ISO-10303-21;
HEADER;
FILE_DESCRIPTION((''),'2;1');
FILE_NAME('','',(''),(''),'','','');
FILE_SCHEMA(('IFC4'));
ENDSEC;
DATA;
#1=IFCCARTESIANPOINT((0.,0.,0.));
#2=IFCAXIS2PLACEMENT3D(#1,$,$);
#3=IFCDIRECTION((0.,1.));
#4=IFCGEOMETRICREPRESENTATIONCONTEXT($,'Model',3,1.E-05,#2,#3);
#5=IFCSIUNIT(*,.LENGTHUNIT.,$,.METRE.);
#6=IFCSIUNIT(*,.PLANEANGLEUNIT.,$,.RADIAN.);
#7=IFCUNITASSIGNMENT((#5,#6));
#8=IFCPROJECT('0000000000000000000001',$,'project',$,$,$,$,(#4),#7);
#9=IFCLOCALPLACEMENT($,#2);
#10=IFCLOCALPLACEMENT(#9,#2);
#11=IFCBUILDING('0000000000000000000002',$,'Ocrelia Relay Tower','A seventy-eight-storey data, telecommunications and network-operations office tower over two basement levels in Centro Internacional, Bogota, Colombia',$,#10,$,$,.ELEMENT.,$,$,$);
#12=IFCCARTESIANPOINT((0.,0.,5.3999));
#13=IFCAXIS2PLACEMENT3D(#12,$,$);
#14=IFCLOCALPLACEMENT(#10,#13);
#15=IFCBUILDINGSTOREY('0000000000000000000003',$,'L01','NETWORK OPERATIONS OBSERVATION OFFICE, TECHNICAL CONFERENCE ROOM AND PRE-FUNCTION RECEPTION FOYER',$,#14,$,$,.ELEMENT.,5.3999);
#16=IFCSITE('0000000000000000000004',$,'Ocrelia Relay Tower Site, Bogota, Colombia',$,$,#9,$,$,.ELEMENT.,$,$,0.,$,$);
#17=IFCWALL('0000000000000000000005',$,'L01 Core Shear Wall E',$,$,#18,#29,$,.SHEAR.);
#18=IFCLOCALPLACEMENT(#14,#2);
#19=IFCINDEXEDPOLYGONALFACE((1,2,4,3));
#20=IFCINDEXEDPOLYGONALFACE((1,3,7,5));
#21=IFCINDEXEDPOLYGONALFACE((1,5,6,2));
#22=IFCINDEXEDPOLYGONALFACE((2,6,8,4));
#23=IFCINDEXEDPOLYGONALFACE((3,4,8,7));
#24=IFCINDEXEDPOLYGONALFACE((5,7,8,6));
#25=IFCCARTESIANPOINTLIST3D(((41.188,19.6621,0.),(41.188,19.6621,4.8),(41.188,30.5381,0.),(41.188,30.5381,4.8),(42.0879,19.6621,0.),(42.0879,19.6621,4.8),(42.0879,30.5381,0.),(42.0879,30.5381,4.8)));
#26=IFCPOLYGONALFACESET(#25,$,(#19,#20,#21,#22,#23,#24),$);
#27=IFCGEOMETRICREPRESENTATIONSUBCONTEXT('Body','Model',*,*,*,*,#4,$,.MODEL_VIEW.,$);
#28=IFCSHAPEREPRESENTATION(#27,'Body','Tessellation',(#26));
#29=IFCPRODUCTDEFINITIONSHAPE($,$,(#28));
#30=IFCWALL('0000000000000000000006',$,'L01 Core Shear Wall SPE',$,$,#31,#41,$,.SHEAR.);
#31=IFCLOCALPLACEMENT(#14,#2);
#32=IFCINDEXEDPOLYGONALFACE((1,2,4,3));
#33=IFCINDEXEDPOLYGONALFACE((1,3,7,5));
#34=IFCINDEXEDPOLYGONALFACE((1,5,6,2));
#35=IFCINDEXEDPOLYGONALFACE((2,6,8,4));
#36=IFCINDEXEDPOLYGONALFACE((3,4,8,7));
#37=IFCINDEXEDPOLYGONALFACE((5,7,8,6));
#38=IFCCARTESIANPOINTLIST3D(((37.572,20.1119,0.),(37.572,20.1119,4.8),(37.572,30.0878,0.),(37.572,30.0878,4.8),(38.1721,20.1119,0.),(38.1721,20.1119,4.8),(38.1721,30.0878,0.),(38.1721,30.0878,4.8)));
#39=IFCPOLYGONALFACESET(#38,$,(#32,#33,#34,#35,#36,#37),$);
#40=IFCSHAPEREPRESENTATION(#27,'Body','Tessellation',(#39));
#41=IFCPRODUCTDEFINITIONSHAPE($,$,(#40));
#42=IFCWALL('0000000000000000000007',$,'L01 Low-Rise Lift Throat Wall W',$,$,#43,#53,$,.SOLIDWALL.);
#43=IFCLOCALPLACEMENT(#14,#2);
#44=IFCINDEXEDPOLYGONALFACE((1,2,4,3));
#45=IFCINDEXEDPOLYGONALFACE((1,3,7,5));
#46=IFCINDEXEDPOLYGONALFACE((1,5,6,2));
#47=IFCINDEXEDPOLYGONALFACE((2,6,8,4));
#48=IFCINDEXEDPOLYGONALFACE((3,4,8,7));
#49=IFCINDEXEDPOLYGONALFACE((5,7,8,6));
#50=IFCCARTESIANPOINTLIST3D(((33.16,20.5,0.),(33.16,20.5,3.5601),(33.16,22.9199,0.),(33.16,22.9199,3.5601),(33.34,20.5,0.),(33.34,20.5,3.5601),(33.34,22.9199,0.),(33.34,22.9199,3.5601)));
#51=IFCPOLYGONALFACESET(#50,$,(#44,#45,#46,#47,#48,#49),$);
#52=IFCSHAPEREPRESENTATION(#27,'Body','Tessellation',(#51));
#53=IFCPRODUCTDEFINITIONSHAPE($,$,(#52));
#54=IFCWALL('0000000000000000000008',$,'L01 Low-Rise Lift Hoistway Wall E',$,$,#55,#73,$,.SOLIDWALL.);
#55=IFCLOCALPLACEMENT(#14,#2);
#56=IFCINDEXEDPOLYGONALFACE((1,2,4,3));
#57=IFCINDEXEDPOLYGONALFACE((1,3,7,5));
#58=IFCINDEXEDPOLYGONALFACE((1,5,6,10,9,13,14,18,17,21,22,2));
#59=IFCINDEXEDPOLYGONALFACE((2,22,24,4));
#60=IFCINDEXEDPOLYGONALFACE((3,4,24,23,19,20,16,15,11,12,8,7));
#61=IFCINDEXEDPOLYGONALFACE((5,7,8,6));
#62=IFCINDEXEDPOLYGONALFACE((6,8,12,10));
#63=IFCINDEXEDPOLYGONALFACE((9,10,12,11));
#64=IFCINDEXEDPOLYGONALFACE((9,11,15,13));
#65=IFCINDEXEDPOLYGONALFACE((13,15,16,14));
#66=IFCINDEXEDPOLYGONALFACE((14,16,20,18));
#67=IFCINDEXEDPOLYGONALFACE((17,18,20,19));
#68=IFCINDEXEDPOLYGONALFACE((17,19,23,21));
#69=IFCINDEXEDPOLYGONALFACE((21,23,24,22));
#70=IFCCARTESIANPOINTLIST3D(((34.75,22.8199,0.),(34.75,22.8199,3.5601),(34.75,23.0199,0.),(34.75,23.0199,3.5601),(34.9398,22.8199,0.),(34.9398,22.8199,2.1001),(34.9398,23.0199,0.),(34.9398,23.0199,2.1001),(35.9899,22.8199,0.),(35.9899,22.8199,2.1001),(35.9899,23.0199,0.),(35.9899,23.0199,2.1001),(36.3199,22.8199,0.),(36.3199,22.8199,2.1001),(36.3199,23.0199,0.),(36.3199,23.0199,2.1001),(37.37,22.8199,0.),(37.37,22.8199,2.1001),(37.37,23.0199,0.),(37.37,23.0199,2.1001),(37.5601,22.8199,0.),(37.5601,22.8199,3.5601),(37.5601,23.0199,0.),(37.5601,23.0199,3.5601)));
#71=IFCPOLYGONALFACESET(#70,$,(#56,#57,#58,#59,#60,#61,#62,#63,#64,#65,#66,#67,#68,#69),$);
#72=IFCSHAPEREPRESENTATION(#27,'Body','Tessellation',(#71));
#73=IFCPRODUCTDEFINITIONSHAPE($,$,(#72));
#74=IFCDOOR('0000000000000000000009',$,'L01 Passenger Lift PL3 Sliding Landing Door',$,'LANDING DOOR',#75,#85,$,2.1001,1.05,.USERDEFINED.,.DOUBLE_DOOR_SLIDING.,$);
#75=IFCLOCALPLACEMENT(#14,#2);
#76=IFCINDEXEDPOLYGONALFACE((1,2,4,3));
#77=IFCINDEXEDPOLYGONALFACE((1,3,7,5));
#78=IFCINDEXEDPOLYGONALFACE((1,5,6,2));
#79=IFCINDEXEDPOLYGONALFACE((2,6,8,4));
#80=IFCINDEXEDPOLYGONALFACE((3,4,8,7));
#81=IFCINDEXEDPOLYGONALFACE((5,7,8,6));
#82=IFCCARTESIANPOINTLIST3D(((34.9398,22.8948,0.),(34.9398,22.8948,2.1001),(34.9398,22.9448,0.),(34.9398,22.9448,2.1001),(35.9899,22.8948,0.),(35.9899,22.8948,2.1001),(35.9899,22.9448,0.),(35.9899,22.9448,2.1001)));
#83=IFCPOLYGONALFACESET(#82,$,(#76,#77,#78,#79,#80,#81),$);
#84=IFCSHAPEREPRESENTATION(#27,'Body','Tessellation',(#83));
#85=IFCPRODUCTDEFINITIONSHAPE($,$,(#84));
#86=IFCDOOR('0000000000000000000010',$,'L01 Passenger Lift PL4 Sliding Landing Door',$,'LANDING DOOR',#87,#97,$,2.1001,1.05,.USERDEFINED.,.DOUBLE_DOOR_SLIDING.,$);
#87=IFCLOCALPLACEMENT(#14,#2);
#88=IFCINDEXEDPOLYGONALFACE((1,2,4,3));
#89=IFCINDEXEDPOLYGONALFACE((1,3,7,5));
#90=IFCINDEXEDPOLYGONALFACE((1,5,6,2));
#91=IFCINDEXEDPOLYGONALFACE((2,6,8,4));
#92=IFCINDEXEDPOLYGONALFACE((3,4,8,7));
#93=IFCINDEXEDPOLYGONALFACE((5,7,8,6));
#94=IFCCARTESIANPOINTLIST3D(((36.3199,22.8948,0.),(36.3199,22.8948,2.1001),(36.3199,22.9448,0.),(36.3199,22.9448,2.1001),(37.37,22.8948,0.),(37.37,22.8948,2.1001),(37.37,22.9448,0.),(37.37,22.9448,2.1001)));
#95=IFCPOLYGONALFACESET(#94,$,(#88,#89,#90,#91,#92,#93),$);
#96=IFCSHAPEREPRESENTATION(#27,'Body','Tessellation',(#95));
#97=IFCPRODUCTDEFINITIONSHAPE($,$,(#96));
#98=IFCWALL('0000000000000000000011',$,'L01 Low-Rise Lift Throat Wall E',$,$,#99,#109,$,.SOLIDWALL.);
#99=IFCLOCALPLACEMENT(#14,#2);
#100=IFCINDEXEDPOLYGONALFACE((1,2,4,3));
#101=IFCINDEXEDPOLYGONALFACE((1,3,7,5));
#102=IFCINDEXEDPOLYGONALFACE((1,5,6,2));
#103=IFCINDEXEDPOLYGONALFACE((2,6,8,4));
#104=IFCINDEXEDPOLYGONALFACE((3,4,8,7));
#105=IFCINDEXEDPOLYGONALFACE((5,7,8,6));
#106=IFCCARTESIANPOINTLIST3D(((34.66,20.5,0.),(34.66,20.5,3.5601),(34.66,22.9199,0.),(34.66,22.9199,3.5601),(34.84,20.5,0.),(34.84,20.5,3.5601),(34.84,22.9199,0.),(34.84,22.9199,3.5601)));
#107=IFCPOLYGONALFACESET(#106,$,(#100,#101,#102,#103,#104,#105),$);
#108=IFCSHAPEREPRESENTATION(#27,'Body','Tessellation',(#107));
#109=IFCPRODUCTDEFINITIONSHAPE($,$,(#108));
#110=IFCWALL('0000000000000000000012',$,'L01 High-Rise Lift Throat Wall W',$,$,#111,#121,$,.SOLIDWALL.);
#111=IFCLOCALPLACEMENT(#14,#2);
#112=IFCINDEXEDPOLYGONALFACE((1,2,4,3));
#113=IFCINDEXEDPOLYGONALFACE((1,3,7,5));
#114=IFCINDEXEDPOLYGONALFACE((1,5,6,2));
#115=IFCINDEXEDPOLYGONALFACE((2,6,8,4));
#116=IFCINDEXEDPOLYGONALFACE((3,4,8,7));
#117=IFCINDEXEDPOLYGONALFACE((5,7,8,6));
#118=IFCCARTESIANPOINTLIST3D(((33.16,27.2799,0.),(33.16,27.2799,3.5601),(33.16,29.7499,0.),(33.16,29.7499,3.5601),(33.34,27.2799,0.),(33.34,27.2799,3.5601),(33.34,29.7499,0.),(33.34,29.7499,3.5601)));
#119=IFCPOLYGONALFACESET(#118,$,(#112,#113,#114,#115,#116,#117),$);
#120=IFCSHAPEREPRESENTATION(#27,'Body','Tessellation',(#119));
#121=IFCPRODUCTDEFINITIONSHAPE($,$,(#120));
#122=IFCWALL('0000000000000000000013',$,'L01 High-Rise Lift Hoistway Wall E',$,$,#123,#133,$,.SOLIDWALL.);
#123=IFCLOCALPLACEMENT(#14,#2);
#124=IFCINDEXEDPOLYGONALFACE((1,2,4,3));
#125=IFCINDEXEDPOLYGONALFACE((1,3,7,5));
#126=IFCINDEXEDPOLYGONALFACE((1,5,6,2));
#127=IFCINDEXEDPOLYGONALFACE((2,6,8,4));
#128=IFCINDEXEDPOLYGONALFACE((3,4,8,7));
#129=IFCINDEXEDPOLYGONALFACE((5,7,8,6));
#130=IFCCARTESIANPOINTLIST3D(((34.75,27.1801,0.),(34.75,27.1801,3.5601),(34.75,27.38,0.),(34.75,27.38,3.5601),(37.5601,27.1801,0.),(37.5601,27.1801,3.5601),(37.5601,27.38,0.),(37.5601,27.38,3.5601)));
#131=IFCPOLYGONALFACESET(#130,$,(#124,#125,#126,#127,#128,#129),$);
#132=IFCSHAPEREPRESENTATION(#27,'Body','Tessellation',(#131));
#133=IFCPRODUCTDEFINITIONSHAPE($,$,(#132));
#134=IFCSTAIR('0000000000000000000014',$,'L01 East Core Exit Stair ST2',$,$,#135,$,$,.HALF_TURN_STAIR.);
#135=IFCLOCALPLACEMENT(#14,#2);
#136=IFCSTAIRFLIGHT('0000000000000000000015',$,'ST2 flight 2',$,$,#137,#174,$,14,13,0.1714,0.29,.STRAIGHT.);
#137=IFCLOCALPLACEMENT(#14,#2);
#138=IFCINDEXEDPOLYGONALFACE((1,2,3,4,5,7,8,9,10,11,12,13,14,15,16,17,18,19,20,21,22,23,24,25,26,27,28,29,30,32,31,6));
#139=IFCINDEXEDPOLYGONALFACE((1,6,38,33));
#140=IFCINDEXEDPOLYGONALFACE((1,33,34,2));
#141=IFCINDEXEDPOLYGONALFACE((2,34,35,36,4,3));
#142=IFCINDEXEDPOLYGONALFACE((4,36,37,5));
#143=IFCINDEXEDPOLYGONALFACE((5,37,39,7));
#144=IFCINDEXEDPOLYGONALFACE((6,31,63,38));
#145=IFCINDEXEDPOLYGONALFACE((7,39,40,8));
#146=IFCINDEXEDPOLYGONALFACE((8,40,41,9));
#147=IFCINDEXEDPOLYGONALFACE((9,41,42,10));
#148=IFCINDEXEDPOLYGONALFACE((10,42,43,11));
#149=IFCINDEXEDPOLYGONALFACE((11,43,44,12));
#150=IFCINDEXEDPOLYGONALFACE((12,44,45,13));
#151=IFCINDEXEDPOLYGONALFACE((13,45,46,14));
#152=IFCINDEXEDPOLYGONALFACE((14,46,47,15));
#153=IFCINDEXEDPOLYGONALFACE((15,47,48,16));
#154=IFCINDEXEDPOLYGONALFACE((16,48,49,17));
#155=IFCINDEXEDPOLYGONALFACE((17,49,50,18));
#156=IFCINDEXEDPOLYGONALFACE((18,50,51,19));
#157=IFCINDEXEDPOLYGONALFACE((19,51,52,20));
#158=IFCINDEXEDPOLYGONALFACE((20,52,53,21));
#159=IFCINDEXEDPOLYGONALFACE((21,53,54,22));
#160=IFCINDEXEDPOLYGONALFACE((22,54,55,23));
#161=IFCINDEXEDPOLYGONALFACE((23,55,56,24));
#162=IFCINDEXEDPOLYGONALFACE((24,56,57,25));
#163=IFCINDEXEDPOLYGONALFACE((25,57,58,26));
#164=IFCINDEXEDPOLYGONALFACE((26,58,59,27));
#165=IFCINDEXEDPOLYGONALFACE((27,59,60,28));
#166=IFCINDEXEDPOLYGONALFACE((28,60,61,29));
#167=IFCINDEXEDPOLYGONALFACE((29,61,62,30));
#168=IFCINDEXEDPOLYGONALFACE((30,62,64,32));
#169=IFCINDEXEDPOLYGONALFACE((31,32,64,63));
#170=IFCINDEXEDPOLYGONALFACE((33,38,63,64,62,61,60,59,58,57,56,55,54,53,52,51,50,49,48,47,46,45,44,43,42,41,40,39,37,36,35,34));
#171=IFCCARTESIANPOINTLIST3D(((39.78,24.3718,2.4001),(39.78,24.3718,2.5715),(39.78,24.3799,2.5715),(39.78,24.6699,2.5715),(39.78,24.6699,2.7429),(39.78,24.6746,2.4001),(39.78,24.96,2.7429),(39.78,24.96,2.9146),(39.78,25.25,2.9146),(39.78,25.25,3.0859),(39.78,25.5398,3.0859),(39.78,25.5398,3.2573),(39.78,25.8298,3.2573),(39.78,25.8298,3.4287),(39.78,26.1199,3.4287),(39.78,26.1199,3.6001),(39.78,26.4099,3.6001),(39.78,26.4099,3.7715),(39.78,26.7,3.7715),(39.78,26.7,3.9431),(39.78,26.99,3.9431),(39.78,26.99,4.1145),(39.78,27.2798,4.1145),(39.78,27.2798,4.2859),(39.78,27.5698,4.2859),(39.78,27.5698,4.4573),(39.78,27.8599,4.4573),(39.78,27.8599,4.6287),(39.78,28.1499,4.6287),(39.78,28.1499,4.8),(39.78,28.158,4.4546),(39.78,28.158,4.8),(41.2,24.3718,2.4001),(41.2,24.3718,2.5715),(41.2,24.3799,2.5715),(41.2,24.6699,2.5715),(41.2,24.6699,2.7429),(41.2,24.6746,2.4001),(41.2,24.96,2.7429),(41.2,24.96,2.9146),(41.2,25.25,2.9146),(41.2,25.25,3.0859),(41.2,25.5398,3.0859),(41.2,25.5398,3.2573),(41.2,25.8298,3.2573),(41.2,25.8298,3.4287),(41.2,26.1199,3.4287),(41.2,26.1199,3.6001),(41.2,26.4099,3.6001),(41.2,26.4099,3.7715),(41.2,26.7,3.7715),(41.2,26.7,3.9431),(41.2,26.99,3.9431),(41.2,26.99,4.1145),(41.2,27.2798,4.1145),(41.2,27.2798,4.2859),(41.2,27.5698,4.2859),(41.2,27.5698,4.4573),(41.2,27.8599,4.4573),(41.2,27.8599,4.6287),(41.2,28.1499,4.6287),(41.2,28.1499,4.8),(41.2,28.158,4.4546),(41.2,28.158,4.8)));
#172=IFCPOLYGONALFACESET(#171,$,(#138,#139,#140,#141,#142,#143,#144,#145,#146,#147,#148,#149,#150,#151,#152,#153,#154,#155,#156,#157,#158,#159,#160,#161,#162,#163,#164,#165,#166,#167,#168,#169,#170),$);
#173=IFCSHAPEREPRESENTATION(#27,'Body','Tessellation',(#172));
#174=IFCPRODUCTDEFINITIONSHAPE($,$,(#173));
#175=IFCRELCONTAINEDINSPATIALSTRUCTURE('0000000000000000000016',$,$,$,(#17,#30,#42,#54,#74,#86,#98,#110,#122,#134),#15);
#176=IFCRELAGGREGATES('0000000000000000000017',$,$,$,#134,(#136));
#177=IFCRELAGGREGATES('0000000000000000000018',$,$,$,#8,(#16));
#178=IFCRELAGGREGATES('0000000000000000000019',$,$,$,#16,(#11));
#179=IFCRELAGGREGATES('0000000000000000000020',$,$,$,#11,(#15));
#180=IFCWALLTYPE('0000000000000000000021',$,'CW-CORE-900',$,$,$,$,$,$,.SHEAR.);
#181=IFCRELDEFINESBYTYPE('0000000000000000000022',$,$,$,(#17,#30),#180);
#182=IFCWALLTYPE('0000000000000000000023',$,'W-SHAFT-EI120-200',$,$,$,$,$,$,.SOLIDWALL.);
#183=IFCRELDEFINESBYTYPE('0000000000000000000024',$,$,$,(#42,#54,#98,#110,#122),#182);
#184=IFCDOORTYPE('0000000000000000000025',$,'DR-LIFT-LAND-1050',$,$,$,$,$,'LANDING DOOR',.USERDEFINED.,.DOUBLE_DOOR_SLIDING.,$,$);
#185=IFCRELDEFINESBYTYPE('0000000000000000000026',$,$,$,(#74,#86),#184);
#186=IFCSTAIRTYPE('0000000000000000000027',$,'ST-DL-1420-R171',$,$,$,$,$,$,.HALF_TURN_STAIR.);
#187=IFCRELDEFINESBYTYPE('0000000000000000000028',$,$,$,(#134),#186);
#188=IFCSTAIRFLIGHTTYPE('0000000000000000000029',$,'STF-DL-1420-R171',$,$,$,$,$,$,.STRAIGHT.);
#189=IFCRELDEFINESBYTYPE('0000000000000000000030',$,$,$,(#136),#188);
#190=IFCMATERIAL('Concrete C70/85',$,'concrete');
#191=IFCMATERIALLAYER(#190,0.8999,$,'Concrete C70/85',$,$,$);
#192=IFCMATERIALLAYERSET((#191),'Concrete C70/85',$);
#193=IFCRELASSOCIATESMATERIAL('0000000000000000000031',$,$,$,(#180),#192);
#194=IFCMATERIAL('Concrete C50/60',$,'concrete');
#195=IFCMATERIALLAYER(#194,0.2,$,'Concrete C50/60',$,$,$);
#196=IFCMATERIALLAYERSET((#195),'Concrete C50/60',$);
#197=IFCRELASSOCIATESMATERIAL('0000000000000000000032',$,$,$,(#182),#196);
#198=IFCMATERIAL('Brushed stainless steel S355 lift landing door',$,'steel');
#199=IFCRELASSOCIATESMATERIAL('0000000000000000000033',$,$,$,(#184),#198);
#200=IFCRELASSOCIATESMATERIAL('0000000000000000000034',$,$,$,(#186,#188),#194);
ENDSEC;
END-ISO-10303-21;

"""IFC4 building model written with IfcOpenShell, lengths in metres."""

from ifc_helpers import new_model, si_unit, direction, frame, frame_2d, origin, place, context, subcontext, project, spatial, polyline, rectangle, outline, extrude, material, layer, layer_set, type_object, element, fill, aggregate, save


model = new_model("IFC4")

# Units and contexts
model_context = context("Model", 3, precision=1e-05, world=origin(), true_north=direction((0.0, 1.0)))
body_context = subcontext(model_context, "Body", "Model", "MODEL_VIEW")
ifc_project = project(units=[si_unit("LENGTHUNIT", "METRE"), si_unit("PLANEANGLEUNIT", "RADIAN")], contexts=[model_context])

# Site, building, storey
site_placement = place(None, origin())
site = spatial("IfcSite", under=ifc_project, at=site_placement, Name="Ocrelia Relay Tower Site, Bogota, Colombia", CompositionType="ELEMENT", RefElevation=0.0)
building_placement = place(site_placement, origin())
building = spatial("IfcBuilding", under=site, at=building_placement, Name="Ocrelia Relay Tower", Description="A seventy-eight-storey data, telecommunications and network-operations office tower over two basement levels in Centro Internacional, Bogota, Colombia", CompositionType="ELEMENT")
storey_placement = place(building_placement, frame((0.0, 0.0, 5.3999)))
storey = spatial("IfcBuildingStorey", under=building, at=storey_placement, Name="L01", Description="NETWORK OPERATIONS OBSERVATION OFFICE, TECHNICAL CONFERENCE ROOM AND PRE-FUNCTION RECEPTION FOYER", CompositionType="ELEMENT", Elevation=5.3999)

# Shared definitions
ifc_material_1 = material(Name="Concrete C70/85", Category="concrete")

# Walls
ifc_layer_1 = layer(ifc_material_1, 0.8999, Name="Concrete C70/85")
ifc_layer_set_1 = layer_set([ifc_layer_1], Name="Concrete C70/85")
wall_type_1 = type_object("IfcWallType", Name="CW-CORE-900", PredefinedType="SHEAR", material=ifc_layer_set_1)
wall_1_placement = place(storey_placement, frame((41.6379, 19.6621, 0.0), z_axis=(0.0, 0.0, 1.0), x_axis=(0.0, 1.0, 0.0)))
element("IfcWall", 1, at=wall_1_placement, inside=storey, type_object=wall_type_1, Name="L01 Core Shear Wall E", PredefinedType="SHEAR", context=body_context, shape_type="SweptSolid", body=[
    extrude(rectangle(XDim=10.876, YDim=0.8999, at=frame_2d((5.438, 0.0))), origin(), (0.0, 0.0, 1.0), 4.8),
])
wall_2_placement = place(storey_placement, frame((37.8721, 20.1121, 0.0), z_axis=(0.0, 0.0, 1.0), x_axis=(0.0, 1.0, 0.0)))
element("IfcWall", 2, at=wall_2_placement, inside=storey, type_object=wall_type_1, Name="L01 Core Shear Wall SPE", PredefinedType="SHEAR", context=body_context, shape_type="SweptSolid", body=[
    extrude(rectangle(XDim=9.9758, YDim=0.6001, at=frame_2d((4.9878, 0.0))), origin(), (0.0, 0.0, 1.0), 4.8),
])
ifc_material_2 = material(Name="Concrete C50/60", Category="concrete")
ifc_layer_2 = layer(ifc_material_2, 0.2, Name="Concrete C50/60")
ifc_layer_set_2 = layer_set([ifc_layer_2], Name="Concrete C50/60")
wall_type_2 = type_object("IfcWallType", Name="W-SHAFT-EI120-200", PredefinedType="SOLIDWALL", material=ifc_layer_set_2)
wall_3_placement = place(storey_placement, frame((33.25, 20.5, 0.0), z_axis=(0.0, 0.0, 1.0), x_axis=(0.0, 1.0, 0.0)))
element("IfcWall", 3, at=wall_3_placement, inside=storey, type_object=wall_type_2, Name="L01 Low-Rise Lift Throat Wall W", PredefinedType="SOLIDWALL", context=body_context, shape_type="SweptSolid", body=[
    extrude(rectangle(XDim=2.4199, YDim=0.1799, at=frame_2d((1.21, 0.0))), origin(), (0.0, 0.0, 1.0), 3.5601),
])

# Wall, openings, doors
wall_4_placement = place(storey_placement, frame((34.75, 22.9199, 0.0), z_axis=(0.0, 0.0, 1.0), x_axis=(1.0, 0.0, 0.0)))
wall_4 = element("IfcWall", 4, at=wall_4_placement, inside=storey, type_object=wall_type_2, Name="L01 Low-Rise Lift Hoistway Wall E", PredefinedType="SOLIDWALL", context=body_context, shape_type="SweptSolid", body=[
    extrude(rectangle(XDim=2.8101, YDim=0.2, at=frame_2d((1.405, 0.0))), origin(), (0.0, 0.0, 1.0), 3.5601),
])
opening_1_placement = place(wall_4_placement, frame((0.1899, 0.0, 0.0)))
opening_1 = element("IfcOpeningElement", 5, at=opening_1_placement, cuts=wall_4, PredefinedType="OPENING", context=body_context, shape_type="SweptSolid", body=[
    extrude(rectangle(XDim=1.05, YDim=2.1001, at=frame_2d((0.5249, 1.05))), frame((0.0, 0.1099, 0.0), z_axis=(0.0, -1.0, 0.0), x_axis=(1.0, 0.0, 0.0)), (0.0, 0.0, 1.0), 0.22),
])
opening_2_placement = place(wall_4_placement, frame((1.5701, 0.0, 0.0)))
opening_2 = element("IfcOpeningElement", 6, at=opening_2_placement, cuts=wall_4, PredefinedType="OPENING", context=body_context, shape_type="SweptSolid", body=[
    extrude(rectangle(XDim=1.05, YDim=2.1001, at=frame_2d((0.5249, 1.05))), frame((0.0, 0.1099, 0.0), z_axis=(0.0, -1.0, 0.0), x_axis=(1.0, 0.0, 0.0)), (0.0, 0.0, 1.0), 0.22),
])
ifc_material_3 = material(Name="Brushed stainless steel S355 lift landing door", Category="steel")
door_type = type_object("IfcDoorType", Name="DR-LIFT-LAND-1050", ElementType="LANDING DOOR", OperationType="DOUBLE_DOOR_SLIDING", PredefinedType="USERDEFINED", material=ifc_material_3)
door_1_placement = place(opening_1_placement, origin())
door_1 = element("IfcDoor", 7, at=door_1_placement, inside=storey, type_object=door_type, Name="L01 Passenger Lift PL3 Sliding Landing Door", ObjectType="LANDING DOOR", OperationType="DOUBLE_DOOR_SLIDING", OverallHeight=2.1001, OverallWidth=1.05, PredefinedType="USERDEFINED", context=body_context, shape_type="SweptSolid", body=[
    extrude(rectangle(XDim=1.05, YDim=2.1001, at=frame_2d((0.5249, 1.05))), frame((0.0, 0.0249, 0.0), z_axis=(0.0, -1.0, 0.0), x_axis=(1.0, 0.0, 0.0)), (0.0, 0.0, 1.0), 0.05),
])
fill(opening_1, door_1)
door_2_placement = place(opening_2_placement, origin())
door_2 = element("IfcDoor", 8, at=door_2_placement, inside=storey, type_object=door_type, Name="L01 Passenger Lift PL4 Sliding Landing Door", ObjectType="LANDING DOOR", OperationType="DOUBLE_DOOR_SLIDING", OverallHeight=2.1001, OverallWidth=1.05, PredefinedType="USERDEFINED", context=body_context, shape_type="SweptSolid", body=[
    extrude(rectangle(XDim=1.05, YDim=2.1001, at=frame_2d((0.5249, 1.05))), frame((0.0, 0.0249, 0.0), z_axis=(0.0, -1.0, 0.0), x_axis=(1.0, 0.0, 0.0)), (0.0, 0.0, 1.0), 0.05),
])
fill(opening_2, door_2)

# Walls
wall_5_placement = place(storey_placement, frame((34.75, 20.5, 0.0), z_axis=(0.0, 0.0, 1.0), x_axis=(0.0, 1.0, 0.0)))
element("IfcWall", 9, at=wall_5_placement, inside=storey, type_object=wall_type_2, Name="L01 Low-Rise Lift Throat Wall E", PredefinedType="SOLIDWALL", context=body_context, shape_type="SweptSolid", body=[
    extrude(rectangle(XDim=2.4199, YDim=0.1799, at=frame_2d((1.21, 0.0))), origin(), (0.0, 0.0, 1.0), 3.5601),
])
wall_6_placement = place(storey_placement, frame((33.25, 27.28, 0.0), z_axis=(0.0, 0.0, 1.0), x_axis=(0.0, 1.0, 0.0)))
element("IfcWall", 10, at=wall_6_placement, inside=storey, type_object=wall_type_2, Name="L01 High-Rise Lift Throat Wall W", PredefinedType="SOLIDWALL", context=body_context, shape_type="SweptSolid", body=[
    extrude(rectangle(XDim=2.47, YDim=0.1799, at=frame_2d((1.2349, 0.0))), origin(), (0.0, 0.0, 1.0), 3.5601),
])
wall_7_placement = place(storey_placement, frame((34.75, 27.28, 0.0), z_axis=(0.0, 0.0, 1.0), x_axis=(1.0, 0.0, 0.0)))
element("IfcWall", 11, at=wall_7_placement, inside=storey, type_object=wall_type_2, Name="L01 High-Rise Lift Hoistway Wall E", PredefinedType="SOLIDWALL", context=body_context, shape_type="SweptSolid", body=[
    extrude(rectangle(XDim=2.8101, YDim=0.2, at=frame_2d((1.405, 0.0))), origin(), (0.0, 0.0, 1.0), 3.5601),
])

# Stair, stair flight
stair_type = type_object("IfcStairType", Name="ST-DL-1420-R171", PredefinedType="HALF_TURN_STAIR", material=ifc_material_2)
stair_placement = place(storey_placement, origin())
stair = element("IfcStair", 12, at=stair_placement, inside=storey, type_object=stair_type, Name="L01 East Core Exit Stair ST2", PredefinedType="HALF_TURN_STAIR")
stair_flight_type = type_object("IfcStairFlightType", Name="STF-DL-1420-R171", PredefinedType="STRAIGHT", material=ifc_material_2)
stair_flight_placement = place(storey_placement, frame((40.49, 24.3799, 2.4001), z_axis=(0.0, 0.0, 1.0), x_axis=(0.0, 1.0, 0.0)))
stair_flight = element("IfcStairFlight", 13, at=stair_flight_placement, type_object=stair_flight_type, Name="ST2 flight 2", NumberOfRisers=14, NumberOfTreads=13, PredefinedType="STRAIGHT", RiserHeight=0.1714, TreadLength=0.29, context=body_context, shape_type="SweptSolid", body=[
    extrude(outline(polyline([(-0.0081, 0.0), (-0.0081, 0.1714), (0.0, 0.1714), (0.29, 0.1714), (0.29, 0.3428), (0.5801, 0.3428), (0.5801, 0.5144), (0.8701, 0.5144), (0.8701, 0.6858), (1.1599, 0.6858), (1.1599, 0.8572), (1.45, 0.8572), (1.45, 1.0286), (1.74, 1.0286), (1.74, 1.2), (2.03, 1.2), (2.03, 1.3713), (2.3201, 1.3713), (2.3201, 1.543), (2.6101, 1.543), (2.6101, 1.7144), (2.8999, 1.7144), (2.8999, 1.8857), (3.1899, 1.8857), (3.1899, 2.0571), (3.48, 2.0571), (3.48, 2.2285), (3.77, 2.2285), (3.77, 2.3999), (3.7781, 2.3999), (3.7781, 2.0544), (0.2947, 0.0), (-0.0081, 0.0)])), frame((0.0, 0.71, 0.0), z_axis=(0.0, -1.0, 0.0), x_axis=(1.0, 0.0, 0.0)), (0.0, 0.0, 1.0), 1.4199),
])
aggregate(stair, [stair_flight])

save(model, "model.ifc")
